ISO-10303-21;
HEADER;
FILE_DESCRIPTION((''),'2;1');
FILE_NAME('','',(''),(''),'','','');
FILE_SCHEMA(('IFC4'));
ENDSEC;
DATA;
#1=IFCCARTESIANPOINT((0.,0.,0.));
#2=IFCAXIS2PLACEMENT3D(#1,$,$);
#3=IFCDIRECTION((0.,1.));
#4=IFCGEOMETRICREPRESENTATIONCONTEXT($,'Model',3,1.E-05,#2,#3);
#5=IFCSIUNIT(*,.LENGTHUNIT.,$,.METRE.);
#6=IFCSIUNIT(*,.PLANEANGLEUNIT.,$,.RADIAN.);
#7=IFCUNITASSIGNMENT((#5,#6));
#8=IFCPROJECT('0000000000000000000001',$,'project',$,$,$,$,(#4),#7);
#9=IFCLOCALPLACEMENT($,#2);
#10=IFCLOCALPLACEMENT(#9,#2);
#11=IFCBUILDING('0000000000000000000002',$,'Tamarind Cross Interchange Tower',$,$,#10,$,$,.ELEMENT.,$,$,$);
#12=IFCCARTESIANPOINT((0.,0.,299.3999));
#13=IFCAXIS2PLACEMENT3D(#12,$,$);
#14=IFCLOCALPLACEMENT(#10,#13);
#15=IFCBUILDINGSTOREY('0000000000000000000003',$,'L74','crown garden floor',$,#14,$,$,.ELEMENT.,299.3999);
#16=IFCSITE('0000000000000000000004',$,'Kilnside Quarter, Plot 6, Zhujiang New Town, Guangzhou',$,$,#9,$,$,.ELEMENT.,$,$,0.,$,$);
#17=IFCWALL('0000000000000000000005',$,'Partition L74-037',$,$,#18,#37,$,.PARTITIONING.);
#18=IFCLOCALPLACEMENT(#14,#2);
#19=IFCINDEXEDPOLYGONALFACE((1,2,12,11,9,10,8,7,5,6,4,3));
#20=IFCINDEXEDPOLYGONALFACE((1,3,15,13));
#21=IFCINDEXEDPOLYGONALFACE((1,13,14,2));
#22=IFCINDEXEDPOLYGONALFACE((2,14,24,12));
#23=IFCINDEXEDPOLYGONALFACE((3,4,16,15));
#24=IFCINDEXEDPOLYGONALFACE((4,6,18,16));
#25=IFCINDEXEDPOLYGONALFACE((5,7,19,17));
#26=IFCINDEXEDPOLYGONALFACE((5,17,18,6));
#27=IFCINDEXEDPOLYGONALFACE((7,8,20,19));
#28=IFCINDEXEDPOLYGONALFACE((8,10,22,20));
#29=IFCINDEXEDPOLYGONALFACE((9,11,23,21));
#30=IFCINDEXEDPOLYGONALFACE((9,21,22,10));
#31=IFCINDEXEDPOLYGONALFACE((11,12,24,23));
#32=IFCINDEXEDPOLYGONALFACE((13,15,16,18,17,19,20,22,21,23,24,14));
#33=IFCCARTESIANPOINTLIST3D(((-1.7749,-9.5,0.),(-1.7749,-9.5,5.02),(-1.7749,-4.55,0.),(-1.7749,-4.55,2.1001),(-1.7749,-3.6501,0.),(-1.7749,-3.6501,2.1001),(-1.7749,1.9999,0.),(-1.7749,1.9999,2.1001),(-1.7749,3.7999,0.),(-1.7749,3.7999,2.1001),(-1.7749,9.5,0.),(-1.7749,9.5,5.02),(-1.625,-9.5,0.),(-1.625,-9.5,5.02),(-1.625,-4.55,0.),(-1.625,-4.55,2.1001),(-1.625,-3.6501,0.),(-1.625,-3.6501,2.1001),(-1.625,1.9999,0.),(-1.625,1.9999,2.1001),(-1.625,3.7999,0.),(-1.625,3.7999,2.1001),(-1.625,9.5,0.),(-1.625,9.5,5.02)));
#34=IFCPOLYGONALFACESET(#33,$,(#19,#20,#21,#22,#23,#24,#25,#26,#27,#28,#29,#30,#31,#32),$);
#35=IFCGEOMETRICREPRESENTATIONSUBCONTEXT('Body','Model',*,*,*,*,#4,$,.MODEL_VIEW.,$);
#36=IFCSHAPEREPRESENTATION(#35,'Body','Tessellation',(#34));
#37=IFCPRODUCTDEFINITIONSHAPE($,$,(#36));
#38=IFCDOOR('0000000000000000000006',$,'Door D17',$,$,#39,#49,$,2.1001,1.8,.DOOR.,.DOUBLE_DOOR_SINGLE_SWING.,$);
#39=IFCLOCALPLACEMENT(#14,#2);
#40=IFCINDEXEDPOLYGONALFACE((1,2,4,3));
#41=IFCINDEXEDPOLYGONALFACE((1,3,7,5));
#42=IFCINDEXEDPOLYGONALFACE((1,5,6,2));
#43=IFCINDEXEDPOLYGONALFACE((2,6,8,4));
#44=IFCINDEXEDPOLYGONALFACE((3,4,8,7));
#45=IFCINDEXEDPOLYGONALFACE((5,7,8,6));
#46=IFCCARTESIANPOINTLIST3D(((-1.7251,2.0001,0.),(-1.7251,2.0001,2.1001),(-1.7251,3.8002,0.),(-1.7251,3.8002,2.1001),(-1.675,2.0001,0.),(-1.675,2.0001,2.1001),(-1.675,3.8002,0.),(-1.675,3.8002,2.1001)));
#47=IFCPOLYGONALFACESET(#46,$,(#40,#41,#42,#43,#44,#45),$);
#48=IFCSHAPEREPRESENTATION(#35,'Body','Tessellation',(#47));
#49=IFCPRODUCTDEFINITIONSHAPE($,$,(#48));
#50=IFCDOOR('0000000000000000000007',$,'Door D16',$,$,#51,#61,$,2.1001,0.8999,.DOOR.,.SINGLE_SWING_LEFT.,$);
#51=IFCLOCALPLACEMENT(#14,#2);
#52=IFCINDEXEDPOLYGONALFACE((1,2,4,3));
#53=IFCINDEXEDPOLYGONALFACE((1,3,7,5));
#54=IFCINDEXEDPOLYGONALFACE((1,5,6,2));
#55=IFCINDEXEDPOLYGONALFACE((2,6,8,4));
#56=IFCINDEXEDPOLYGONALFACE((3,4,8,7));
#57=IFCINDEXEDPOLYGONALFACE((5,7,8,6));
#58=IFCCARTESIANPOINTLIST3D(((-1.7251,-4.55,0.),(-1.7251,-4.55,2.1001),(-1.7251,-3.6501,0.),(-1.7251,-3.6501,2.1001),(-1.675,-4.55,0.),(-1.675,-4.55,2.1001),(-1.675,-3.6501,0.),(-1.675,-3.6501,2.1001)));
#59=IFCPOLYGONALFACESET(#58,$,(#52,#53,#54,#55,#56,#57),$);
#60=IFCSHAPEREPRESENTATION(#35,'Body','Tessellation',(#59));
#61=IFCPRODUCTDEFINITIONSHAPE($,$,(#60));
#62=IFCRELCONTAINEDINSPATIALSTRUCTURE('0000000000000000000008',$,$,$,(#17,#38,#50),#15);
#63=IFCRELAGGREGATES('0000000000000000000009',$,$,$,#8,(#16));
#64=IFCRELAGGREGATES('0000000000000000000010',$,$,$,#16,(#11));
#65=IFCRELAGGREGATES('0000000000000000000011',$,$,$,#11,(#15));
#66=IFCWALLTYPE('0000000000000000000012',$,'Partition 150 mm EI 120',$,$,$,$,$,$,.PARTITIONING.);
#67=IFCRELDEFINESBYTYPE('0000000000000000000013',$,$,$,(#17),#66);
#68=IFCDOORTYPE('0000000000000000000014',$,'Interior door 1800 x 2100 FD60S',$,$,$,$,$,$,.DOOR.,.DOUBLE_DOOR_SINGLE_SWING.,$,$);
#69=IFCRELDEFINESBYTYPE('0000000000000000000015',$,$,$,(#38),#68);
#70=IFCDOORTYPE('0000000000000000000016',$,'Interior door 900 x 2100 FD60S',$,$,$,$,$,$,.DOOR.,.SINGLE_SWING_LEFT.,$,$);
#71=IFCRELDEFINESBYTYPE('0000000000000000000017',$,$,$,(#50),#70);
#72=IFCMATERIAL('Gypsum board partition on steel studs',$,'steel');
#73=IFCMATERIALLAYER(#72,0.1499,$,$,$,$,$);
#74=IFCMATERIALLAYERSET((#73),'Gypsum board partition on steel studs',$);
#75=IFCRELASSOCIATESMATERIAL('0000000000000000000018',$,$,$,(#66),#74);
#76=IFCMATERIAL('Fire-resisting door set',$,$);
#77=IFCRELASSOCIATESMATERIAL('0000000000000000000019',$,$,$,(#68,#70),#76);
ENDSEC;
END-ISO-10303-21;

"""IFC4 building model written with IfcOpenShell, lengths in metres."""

from ifc_helpers import new_model, si_unit, direction, frame, frame_2d, origin, place, context, subcontext, project, spatial, rectangle, extrude, material, layer, layer_set, type_object, element, fill, save


model = new_model("IFC4")

# Units and contexts
model_context = context("Model", 3, precision=1e-05, world=origin(), true_north=direction((0.0, 1.0)))
body_context = subcontext(model_context, "Body", "Model", "MODEL_VIEW")
ifc_project = project(units=[si_unit("LENGTHUNIT", "METRE"), si_unit("PLANEANGLEUNIT", "RADIAN")], contexts=[model_context])

# Site, building, storey
site_placement = place(None, origin())
site = spatial("IfcSite", under=ifc_project, at=site_placement, Name="Kilnside Quarter, Plot 6, Zhujiang New Town, Guangzhou", CompositionType="ELEMENT", RefElevation=0.0)
building_placement = place(site_placement, origin())
building = spatial("IfcBuilding", under=site, at=building_placement, Name="Tamarind Cross Interchange Tower", CompositionType="ELEMENT")
storey_placement = place(building_placement, frame((0.0, 0.0, 299.3999)))
storey = spatial("IfcBuildingStorey", under=building, at=storey_placement, Name="L74", Description="crown garden floor", CompositionType="ELEMENT", Elevation=299.3999)

# Shared definitions
ifc_material_1 = material(Name="Gypsum board partition on steel studs", Category="steel")
ifc_layer_1 = layer(ifc_material_1, 0.1499)
ifc_layer_set_1 = layer_set([ifc_layer_1], Name="Gypsum board partition on steel studs")
wall_type_1 = type_object("IfcWallType", Name="Partition 150 mm EI 120", PredefinedType="PARTITIONING", material=ifc_layer_set_1)

# Wall, openings, doors
wall_1_placement = place(storey_placement, frame((-1.7, -9.5, 0.0), z_axis=(0.0, 0.0, 1.0), x_axis=(0.0, 1.0, 0.0)))
wall_1 = element("IfcWall", 1, at=wall_1_placement, inside=storey, type_object=wall_type_1, Name="Partition L74-037", PredefinedType="PARTITIONING", context=body_context, shape_type="SweptSolid", body=[
    extrude(rectangle(XDim=19.0, YDim=0.1499, at=frame_2d((9.5, 0.0))), origin(), (0.0, 0.0, 1.0), 5.02),
])
opening_1_placement = place(wall_1_placement, frame((4.95, 0.0, 0.0)))
opening_1 = element("IfcOpeningElement", 2, at=opening_1_placement, cuts=wall_1, PredefinedType="OPENING", context=body_context, shape_type="SweptSolid", body=[
    extrude(rectangle(XDim=0.8999, YDim=2.1001, at=frame_2d((0.45, 1.05))), frame((0.0, 0.085, 0.0), z_axis=(0.0, -1.0, 0.0), x_axis=(1.0, 0.0, 0.0)), (0.0, 0.0, 1.0), 0.1699),
])
opening_2_placement = place(wall_1_placement, frame((11.5, 0.0, 0.0)))
opening_2 = element("IfcOpeningElement", 3, at=opening_2_placement, cuts=wall_1, PredefinedType="OPENING", context=body_context, shape_type="SweptSolid", body=[
    extrude(rectangle(XDim=1.8, YDim=2.1001, at=frame_2d((0.8999, 1.05))), frame((0.0, 0.085, 0.0), z_axis=(0.0, -1.0, 0.0), x_axis=(1.0, 0.0, 0.0)), (0.0, 0.0, 1.0), 0.1699),
])
ifc_material_2 = material(Name="Fire-resisting door set")
door_type_1 = type_object("IfcDoorType", Name="Interior door 1800 x 2100 FD60S", OperationType="DOUBLE_DOOR_SINGLE_SWING", PredefinedType="DOOR", material=ifc_material_2)
door_1_placement = place(opening_2_placement, frame((1.8, 0.0, 0.0), z_axis=(0.0, 0.0, 1.0), x_axis=(-1.0, 0.0, 0.0)))
door_1 = element("IfcDoor", 4, at=door_1_placement, inside=storey, type_object=door_type_1, Name="Door D17", OperationType="DOUBLE_DOOR_SINGLE_SWING", OverallHeight=2.1001, OverallWidth=1.8, PredefinedType="DOOR", context=body_context, shape_type="SweptSolid", body=[
    extrude(rectangle(XDim=1.8, YDim=2.1001, at=frame_2d((0.8999, 1.05))), frame((0.0, 0.0249, 0.0), z_axis=(0.0, -1.0, 0.0), x_axis=(1.0, 0.0, 0.0)), (0.0, 0.0, 1.0), 0.05),
])
fill(opening_2, door_1)
door_type_2 = type_object("IfcDoorType", Name="Interior door 900 x 2100 FD60S", OperationType="SINGLE_SWING_LEFT", PredefinedType="DOOR", material=ifc_material_2)
door_2_placement = place(opening_1_placement, frame((0.8999, 0.0, 0.0), z_axis=(0.0, 0.0, 1.0), x_axis=(-1.0, 0.0, 0.0)))
door_2 = element("IfcDoor", 5, at=door_2_placement, inside=storey, type_object=door_type_2, Name="Door D16", OperationType="SINGLE_SWING_LEFT", OverallHeight=2.1001, OverallWidth=0.8999, PredefinedType="DOOR", context=body_context, shape_type="SweptSolid", body=[
    extrude(rectangle(XDim=0.8999, YDim=2.1001, at=frame_2d((0.45, 1.05))), frame((0.0, 0.0249, 0.0), z_axis=(0.0, -1.0, 0.0), x_axis=(1.0, 0.0, 0.0)), (0.0, 0.0, 1.0), 0.05),
])
fill(opening_1, door_2)

save(model, "model.ifc")
